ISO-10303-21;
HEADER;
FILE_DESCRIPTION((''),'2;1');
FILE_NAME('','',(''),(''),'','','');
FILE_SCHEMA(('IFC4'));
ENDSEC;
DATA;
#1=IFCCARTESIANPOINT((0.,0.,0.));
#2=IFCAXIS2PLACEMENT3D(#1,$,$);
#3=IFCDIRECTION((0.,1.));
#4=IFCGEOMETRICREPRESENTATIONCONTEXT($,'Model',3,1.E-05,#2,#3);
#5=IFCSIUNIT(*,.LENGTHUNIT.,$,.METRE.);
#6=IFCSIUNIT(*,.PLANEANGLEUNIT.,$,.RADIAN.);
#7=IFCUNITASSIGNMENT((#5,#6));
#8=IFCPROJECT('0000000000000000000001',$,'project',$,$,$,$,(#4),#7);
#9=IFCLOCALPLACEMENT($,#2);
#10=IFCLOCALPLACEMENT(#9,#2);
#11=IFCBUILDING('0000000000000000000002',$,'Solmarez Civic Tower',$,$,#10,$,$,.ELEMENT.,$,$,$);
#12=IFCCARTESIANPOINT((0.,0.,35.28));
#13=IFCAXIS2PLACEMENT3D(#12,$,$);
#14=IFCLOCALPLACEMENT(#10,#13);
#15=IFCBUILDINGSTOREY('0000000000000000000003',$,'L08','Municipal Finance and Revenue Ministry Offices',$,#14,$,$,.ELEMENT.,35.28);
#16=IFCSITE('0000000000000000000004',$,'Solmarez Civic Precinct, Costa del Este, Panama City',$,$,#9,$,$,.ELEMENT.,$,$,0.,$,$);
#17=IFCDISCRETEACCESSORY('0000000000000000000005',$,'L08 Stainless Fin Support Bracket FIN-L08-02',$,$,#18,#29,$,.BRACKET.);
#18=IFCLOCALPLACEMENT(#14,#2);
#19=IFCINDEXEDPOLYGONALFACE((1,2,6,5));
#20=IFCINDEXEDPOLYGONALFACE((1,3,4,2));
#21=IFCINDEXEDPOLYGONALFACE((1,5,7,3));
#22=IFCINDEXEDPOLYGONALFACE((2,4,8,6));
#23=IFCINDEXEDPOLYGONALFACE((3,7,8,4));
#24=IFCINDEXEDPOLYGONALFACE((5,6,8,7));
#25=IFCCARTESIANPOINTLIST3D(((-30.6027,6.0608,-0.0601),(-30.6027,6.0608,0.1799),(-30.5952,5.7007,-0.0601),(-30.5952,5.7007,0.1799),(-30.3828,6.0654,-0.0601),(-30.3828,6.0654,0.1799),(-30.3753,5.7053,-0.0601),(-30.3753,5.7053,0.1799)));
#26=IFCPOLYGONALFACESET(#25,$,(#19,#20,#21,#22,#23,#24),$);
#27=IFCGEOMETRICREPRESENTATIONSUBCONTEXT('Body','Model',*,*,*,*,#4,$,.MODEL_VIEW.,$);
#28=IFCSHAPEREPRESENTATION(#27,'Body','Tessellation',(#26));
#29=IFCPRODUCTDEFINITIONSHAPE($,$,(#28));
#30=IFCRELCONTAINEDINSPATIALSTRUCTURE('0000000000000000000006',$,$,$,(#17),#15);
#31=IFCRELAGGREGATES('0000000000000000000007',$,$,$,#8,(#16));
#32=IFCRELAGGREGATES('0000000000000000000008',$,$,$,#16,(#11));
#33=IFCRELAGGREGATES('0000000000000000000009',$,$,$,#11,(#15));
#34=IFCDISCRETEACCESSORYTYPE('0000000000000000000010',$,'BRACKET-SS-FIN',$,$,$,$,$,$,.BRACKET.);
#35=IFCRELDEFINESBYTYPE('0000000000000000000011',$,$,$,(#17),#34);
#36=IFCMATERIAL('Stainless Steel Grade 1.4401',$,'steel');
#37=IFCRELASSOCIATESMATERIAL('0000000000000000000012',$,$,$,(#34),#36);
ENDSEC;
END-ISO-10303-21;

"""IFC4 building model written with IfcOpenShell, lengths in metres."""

from ifc_helpers import new_model, si_unit, direction, frame, origin, origin_2d, place, context, subcontext, project, spatial, rectangle, extrude, material, type_object, element, save


model = new_model("IFC4")

# Units and contexts
model_context = context("Model", 3, precision=1e-05, world=origin(), true_north=direction((0.0, 1.0)))
body_context = subcontext(model_context, "Body", "Model", "MODEL_VIEW")
ifc_project = project(units=[si_unit("LENGTHUNIT", "METRE"), si_unit("PLANEANGLEUNIT", "RADIAN")], contexts=[model_context])

# Site, building, storey
site_placement = place(None, origin())
site = spatial("IfcSite", under=ifc_project, at=site_placement, Name="Solmarez Civic Precinct, Costa del Este, Panama City", CompositionType="ELEMENT", RefElevation=0.0)
building_placement = place(site_placement, origin())
building = spatial("IfcBuilding", under=site, at=building_placement, Name="Solmarez Civic Tower", CompositionType="ELEMENT")
storey_placement = place(building_placement, frame((0.0, 0.0, 35.28)))
storey = spatial("IfcBuildingStorey", under=building, at=storey_placement, Name="L08", Description="Municipal Finance and Revenue Ministry Offices", CompositionType="ELEMENT", Elevation=35.28)

# Discrete accessory
ifc_material_1 = material(Name="Stainless Steel Grade 1.4401", Category="steel")
discrete_accessory_type = type_object("IfcDiscreteAccessoryType", Name="BRACKET-SS-FIN", PredefinedType="BRACKET", material=ifc_material_1)
for number, where, z_axis, x_axis, name in (
    (1, (-30.489, 5.8831, -0.0601), (0.0, 0.0, 1.0), (-0.020949, 0.999781, 0.0), "L08 Stainless Fin Support Bracket FIN-L08-02"),
):
    element("IfcDiscreteAccessory", number, at=place(storey_placement, frame(where, z_axis=z_axis, x_axis=x_axis)), inside=storey, type_object=discrete_accessory_type, Name=name, PredefinedType="BRACKET", context=body_context, shape_type="SweptSolid", body=[
        extrude(rectangle(XDim=0.3601, YDim=0.22, at=origin_2d()), origin(), (0.0, 0.0, 1.0), 0.24),
    ])

save(model, "model.ifc")
